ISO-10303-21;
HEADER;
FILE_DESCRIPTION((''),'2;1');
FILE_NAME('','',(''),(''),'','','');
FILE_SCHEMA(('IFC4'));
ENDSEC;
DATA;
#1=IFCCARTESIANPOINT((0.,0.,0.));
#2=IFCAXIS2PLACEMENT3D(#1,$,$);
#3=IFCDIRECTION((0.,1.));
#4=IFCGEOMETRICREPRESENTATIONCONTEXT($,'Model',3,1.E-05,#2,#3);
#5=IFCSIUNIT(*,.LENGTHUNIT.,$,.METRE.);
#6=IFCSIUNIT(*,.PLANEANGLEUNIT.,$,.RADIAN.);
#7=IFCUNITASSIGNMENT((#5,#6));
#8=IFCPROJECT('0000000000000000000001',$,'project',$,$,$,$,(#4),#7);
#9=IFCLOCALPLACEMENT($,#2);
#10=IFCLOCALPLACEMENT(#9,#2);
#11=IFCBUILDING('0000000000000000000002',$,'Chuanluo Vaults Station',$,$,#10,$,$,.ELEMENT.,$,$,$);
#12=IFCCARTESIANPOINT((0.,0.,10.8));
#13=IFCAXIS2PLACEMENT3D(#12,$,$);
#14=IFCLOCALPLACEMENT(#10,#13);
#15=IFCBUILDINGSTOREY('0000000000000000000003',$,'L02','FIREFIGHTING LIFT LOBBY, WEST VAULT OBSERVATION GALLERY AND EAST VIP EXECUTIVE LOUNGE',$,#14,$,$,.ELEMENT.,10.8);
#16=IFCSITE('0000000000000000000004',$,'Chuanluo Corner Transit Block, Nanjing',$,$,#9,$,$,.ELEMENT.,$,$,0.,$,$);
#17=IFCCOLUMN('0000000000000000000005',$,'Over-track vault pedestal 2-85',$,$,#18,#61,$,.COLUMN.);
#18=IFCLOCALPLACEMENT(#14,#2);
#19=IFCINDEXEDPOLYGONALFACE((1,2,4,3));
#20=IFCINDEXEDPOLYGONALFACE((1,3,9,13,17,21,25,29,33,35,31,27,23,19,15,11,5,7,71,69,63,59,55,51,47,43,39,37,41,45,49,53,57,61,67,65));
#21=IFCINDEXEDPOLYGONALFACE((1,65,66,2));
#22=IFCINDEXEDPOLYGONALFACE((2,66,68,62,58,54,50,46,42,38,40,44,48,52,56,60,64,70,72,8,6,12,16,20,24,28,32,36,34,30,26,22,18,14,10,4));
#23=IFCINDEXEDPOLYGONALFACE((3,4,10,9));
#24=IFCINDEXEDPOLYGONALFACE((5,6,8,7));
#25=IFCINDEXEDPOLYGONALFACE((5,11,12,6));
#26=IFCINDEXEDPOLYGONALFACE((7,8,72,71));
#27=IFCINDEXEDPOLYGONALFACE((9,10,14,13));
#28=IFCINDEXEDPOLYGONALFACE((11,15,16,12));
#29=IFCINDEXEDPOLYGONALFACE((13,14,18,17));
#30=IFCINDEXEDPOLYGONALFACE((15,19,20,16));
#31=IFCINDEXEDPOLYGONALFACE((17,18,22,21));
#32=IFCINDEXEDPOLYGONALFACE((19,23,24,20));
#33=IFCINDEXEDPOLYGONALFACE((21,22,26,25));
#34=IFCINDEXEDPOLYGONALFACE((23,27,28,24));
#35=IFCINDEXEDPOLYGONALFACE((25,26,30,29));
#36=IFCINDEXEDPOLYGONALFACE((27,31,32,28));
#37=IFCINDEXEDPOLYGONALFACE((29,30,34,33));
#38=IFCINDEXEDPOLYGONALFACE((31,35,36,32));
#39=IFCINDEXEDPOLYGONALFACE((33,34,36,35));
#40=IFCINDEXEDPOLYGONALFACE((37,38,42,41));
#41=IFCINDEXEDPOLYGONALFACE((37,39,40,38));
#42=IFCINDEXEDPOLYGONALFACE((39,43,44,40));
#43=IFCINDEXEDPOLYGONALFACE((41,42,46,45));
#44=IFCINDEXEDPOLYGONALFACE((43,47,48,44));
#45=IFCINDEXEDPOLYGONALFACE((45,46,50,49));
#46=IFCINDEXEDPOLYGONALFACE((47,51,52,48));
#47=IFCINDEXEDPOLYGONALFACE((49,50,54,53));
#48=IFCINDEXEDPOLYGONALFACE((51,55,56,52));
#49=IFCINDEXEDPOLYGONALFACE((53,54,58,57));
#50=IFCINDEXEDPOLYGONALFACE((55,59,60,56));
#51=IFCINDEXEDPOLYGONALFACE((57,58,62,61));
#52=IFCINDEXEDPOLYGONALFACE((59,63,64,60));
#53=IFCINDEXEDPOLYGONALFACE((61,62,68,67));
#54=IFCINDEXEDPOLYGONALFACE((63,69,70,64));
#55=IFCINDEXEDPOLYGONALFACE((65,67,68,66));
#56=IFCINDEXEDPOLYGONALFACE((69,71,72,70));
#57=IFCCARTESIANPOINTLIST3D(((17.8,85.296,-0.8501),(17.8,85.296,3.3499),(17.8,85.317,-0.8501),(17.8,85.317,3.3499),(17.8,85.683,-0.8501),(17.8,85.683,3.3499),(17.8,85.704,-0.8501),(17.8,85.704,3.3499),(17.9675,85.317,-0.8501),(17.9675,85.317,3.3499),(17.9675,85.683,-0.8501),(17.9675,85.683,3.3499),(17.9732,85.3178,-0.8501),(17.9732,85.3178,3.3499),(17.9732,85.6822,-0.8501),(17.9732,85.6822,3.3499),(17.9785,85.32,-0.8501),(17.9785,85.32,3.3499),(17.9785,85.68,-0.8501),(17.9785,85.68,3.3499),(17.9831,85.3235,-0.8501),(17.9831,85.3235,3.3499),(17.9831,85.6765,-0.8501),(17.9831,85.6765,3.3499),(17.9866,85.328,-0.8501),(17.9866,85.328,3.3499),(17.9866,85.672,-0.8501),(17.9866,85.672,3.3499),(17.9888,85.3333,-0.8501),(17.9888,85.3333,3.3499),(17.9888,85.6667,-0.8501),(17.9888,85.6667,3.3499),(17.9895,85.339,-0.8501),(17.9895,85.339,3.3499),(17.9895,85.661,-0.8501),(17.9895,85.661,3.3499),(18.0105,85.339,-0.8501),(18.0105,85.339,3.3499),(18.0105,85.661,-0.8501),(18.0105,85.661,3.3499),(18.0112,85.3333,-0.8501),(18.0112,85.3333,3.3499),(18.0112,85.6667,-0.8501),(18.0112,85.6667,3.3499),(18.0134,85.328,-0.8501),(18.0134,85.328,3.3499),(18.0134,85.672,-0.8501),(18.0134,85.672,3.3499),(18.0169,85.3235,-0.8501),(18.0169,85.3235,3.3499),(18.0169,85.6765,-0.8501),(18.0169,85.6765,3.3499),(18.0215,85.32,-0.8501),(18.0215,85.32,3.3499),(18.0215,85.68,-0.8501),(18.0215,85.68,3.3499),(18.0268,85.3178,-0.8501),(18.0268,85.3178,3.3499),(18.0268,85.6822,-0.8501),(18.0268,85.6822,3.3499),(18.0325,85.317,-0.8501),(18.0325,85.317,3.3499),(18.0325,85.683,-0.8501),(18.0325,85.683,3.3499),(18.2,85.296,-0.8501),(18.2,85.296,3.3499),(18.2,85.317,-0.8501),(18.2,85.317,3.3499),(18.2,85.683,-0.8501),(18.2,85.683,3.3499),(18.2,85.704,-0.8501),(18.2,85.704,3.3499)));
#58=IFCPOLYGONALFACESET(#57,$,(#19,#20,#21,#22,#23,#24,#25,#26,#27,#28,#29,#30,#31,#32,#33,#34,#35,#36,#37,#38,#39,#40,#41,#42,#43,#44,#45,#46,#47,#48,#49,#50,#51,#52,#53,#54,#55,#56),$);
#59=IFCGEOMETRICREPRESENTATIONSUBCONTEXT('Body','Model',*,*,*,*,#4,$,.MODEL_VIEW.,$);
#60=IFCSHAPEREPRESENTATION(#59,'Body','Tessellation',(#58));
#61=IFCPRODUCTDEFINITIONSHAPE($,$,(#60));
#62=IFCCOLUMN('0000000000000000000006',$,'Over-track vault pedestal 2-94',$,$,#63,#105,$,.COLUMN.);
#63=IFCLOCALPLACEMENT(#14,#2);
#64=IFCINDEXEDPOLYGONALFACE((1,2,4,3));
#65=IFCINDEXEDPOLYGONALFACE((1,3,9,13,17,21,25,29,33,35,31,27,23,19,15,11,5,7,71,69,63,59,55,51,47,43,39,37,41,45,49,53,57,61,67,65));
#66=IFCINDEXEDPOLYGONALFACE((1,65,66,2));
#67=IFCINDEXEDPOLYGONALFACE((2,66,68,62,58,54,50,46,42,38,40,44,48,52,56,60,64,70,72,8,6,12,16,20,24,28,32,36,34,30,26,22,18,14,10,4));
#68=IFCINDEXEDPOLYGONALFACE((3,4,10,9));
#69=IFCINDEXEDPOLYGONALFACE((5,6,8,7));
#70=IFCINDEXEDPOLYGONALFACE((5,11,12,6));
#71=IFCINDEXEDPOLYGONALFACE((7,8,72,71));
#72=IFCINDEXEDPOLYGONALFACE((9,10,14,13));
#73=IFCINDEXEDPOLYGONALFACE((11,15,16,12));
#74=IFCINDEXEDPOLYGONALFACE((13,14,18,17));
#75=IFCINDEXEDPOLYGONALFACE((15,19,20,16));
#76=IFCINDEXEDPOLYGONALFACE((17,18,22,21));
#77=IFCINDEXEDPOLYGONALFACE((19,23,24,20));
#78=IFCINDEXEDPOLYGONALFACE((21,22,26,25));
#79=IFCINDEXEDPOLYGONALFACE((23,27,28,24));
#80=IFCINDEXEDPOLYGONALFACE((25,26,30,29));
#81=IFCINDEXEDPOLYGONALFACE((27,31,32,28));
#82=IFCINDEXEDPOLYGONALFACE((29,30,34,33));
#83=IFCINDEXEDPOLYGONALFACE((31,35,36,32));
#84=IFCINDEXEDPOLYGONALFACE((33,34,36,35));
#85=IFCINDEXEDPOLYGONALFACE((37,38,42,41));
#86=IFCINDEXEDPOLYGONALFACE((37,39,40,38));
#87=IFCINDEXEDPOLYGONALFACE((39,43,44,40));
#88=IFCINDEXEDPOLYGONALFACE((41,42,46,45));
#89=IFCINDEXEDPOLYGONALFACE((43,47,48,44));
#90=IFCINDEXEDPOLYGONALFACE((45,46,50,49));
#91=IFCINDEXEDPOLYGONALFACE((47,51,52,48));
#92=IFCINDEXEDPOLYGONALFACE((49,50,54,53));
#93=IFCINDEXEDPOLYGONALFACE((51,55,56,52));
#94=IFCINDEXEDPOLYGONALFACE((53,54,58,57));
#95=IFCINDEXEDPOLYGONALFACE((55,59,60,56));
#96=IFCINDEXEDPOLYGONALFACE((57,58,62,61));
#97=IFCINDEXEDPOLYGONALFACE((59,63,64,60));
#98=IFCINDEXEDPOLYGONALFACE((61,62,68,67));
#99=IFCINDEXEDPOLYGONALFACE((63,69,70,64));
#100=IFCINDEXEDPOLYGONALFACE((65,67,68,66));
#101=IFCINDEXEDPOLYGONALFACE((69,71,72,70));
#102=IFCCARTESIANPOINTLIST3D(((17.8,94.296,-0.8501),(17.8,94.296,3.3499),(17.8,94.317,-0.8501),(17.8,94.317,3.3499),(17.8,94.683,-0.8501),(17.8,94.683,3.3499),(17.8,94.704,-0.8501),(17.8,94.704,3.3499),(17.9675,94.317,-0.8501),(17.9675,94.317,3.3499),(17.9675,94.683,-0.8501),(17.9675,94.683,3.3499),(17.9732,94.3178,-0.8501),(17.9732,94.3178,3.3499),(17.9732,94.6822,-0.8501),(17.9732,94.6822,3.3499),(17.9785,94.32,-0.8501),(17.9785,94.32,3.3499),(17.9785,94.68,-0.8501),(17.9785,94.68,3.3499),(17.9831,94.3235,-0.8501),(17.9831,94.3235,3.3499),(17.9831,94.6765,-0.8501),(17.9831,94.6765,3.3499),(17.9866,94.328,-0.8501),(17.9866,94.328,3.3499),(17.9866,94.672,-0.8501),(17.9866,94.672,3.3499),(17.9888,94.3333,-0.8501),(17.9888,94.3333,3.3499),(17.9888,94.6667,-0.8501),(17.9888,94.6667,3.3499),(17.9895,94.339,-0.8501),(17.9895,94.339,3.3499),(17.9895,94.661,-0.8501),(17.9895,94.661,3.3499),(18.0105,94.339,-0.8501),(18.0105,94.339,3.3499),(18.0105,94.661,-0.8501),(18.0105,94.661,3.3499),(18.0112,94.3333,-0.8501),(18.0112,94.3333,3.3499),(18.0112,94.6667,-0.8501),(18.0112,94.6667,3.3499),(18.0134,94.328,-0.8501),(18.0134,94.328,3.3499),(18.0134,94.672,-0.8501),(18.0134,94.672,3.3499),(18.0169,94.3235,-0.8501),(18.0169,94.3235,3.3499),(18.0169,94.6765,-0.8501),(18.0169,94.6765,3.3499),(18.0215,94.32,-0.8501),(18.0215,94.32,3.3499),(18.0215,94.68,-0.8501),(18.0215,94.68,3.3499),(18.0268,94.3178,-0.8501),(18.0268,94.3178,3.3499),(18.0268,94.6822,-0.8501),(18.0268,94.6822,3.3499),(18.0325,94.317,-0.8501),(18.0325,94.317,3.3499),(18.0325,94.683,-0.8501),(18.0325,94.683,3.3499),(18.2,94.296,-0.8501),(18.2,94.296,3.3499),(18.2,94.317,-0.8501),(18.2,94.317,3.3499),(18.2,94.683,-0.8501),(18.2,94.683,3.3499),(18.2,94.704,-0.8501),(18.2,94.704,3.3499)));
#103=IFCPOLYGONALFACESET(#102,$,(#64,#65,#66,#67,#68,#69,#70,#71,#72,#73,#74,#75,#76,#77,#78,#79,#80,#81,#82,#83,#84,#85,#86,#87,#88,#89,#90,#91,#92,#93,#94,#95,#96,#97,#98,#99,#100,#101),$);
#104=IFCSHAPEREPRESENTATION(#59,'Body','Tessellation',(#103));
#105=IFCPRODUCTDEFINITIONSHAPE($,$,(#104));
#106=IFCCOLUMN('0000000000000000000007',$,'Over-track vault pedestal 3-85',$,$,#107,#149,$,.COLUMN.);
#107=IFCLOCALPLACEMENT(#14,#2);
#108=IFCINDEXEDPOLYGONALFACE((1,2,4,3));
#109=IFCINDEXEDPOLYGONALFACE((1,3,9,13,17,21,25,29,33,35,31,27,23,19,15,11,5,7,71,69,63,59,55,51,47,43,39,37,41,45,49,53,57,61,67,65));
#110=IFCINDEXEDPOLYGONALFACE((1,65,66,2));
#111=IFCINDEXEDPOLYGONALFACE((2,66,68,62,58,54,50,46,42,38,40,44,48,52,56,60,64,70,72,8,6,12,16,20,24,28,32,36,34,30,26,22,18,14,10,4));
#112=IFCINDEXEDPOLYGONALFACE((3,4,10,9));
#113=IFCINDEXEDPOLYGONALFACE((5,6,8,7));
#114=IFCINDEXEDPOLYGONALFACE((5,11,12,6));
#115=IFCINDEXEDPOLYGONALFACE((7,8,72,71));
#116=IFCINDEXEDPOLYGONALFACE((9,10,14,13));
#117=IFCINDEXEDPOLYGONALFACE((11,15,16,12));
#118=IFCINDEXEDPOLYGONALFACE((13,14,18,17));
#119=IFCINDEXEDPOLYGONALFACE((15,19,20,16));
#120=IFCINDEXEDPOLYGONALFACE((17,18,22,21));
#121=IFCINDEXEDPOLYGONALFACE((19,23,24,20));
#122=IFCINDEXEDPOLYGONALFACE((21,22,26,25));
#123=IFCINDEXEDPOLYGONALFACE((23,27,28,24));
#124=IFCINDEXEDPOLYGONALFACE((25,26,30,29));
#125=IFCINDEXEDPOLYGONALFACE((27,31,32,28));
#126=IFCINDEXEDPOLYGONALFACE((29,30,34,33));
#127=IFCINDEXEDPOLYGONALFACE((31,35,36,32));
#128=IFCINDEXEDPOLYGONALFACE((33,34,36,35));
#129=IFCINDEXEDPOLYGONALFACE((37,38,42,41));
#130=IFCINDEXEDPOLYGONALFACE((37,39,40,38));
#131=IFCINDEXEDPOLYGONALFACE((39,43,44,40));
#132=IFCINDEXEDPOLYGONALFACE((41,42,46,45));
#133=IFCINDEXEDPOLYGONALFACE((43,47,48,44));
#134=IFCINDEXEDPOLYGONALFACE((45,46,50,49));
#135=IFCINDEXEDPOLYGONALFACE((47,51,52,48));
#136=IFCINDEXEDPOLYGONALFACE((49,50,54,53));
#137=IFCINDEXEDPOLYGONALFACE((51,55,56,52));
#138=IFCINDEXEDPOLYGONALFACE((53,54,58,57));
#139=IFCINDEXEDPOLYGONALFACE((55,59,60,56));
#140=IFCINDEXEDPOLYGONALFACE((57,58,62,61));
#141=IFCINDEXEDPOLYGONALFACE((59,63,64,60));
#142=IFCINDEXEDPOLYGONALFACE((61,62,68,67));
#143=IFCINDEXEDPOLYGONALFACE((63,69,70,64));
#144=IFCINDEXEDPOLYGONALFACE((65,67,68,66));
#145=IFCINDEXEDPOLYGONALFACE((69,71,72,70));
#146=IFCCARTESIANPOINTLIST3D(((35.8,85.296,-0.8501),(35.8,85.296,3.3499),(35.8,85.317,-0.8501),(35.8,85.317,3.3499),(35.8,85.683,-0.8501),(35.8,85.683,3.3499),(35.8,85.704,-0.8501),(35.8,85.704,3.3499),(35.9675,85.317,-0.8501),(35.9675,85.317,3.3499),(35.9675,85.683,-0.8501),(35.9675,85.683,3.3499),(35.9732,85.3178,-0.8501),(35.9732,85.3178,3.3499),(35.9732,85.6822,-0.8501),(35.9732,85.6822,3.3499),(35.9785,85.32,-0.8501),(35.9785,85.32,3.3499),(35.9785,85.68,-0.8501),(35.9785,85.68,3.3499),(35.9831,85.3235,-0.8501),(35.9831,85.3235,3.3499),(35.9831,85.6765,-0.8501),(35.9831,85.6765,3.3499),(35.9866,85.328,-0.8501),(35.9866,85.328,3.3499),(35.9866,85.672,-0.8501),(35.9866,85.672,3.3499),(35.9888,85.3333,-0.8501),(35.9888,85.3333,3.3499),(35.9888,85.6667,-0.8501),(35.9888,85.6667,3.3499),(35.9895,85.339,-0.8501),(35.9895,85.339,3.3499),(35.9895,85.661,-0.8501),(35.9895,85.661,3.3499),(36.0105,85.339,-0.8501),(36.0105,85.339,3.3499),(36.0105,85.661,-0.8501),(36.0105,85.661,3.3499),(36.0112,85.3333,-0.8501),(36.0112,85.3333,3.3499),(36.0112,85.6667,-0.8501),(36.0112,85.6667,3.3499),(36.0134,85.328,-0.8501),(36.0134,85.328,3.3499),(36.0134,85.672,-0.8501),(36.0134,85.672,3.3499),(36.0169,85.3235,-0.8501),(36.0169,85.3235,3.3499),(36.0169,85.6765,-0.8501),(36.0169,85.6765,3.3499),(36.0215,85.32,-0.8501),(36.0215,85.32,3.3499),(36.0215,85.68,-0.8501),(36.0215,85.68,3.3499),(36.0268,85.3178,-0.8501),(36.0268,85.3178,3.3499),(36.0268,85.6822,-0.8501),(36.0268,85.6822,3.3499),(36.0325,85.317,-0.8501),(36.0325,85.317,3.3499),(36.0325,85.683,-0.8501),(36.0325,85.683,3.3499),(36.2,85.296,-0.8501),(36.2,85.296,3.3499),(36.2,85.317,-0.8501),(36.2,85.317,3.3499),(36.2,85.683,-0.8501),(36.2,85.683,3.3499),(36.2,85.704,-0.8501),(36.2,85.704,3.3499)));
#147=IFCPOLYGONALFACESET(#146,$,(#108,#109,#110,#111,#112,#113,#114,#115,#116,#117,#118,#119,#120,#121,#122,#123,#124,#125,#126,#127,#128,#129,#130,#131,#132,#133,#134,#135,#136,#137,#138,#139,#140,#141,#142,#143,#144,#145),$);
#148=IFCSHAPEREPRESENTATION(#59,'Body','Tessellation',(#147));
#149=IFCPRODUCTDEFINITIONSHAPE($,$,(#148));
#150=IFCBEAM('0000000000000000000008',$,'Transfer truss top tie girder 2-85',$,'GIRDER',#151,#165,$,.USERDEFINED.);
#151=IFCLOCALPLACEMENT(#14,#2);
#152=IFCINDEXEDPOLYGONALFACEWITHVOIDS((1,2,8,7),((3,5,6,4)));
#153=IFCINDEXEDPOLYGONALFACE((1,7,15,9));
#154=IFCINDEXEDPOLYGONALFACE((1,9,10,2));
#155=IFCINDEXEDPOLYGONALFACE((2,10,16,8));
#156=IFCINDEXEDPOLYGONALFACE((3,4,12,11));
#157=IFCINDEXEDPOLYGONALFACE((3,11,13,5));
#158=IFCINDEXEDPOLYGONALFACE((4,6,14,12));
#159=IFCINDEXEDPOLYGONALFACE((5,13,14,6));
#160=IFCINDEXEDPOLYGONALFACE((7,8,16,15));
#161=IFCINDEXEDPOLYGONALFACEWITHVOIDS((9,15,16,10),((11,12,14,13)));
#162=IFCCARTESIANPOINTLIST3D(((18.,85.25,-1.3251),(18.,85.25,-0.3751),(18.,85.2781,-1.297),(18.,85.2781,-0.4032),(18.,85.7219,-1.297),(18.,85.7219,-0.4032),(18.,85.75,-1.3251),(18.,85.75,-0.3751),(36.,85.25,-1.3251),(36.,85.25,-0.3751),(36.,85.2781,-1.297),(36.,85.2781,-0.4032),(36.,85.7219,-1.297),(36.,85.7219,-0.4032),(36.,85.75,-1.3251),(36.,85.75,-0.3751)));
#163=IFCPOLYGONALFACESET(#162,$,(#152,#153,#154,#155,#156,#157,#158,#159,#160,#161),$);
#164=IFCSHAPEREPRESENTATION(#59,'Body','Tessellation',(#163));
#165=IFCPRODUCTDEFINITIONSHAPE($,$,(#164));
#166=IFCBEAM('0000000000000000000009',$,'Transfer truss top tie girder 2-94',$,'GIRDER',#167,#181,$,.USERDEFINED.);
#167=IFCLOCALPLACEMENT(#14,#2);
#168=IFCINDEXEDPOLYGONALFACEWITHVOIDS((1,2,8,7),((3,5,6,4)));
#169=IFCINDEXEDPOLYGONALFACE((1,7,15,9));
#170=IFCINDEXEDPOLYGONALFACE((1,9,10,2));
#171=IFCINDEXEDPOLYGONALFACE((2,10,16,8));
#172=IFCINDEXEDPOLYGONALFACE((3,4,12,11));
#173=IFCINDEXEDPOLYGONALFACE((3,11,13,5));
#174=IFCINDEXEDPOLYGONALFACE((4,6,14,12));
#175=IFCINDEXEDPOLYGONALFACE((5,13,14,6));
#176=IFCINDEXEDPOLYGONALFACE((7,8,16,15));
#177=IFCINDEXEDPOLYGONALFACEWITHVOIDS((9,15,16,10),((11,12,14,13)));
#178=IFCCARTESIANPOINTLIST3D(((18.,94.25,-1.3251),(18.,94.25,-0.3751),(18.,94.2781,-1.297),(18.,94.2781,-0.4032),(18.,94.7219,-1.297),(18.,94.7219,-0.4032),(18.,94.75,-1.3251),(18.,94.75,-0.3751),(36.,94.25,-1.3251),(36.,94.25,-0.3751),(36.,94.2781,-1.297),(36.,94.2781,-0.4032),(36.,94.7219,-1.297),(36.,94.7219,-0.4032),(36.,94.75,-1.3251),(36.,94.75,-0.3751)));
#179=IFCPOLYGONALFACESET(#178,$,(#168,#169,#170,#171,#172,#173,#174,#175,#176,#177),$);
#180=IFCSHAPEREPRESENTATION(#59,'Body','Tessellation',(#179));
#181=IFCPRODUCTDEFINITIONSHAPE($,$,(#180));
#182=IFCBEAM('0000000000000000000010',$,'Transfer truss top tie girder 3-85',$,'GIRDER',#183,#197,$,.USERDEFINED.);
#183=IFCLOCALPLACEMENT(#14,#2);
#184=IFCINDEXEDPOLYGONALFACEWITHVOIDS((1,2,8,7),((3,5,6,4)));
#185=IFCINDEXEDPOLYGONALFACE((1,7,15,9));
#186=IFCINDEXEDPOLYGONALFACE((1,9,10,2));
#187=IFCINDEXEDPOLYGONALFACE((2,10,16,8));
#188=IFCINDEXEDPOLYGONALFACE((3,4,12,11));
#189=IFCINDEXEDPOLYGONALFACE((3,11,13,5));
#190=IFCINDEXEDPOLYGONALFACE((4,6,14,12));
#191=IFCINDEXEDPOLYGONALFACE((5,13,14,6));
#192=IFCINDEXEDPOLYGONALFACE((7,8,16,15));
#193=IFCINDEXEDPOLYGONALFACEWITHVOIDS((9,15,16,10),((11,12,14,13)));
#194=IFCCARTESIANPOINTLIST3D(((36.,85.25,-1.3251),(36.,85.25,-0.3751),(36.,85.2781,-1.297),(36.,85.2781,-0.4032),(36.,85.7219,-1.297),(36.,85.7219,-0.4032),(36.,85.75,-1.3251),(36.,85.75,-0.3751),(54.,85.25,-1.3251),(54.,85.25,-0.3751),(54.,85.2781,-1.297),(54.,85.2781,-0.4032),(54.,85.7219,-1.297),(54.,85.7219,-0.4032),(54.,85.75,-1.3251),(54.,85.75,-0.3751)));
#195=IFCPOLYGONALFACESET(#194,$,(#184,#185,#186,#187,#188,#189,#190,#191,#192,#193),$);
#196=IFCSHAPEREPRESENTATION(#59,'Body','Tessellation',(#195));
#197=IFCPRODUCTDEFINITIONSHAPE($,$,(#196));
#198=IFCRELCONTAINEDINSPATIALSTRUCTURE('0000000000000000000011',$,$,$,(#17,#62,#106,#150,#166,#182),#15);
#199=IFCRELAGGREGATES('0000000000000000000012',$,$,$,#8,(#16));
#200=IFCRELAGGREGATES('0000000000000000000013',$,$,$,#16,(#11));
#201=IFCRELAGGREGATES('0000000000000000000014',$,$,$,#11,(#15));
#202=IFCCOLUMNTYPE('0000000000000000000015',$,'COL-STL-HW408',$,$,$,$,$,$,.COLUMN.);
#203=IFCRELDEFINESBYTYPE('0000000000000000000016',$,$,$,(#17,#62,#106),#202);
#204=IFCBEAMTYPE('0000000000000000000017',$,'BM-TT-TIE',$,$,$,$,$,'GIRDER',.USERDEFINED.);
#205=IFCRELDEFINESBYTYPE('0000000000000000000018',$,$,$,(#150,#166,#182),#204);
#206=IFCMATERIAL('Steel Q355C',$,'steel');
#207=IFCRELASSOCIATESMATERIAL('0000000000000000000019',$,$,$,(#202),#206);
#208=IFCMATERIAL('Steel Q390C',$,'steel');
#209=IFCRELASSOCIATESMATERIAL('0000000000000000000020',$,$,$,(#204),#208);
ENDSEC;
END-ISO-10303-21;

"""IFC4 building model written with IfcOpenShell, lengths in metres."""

from ifc_helpers import new_model, si_unit, direction, frame, origin, origin_2d, place, context, subcontext, project, spatial, hollow_rectangle, i_section, extrude, material, material_profile, profile_set, type_object, element, save


model = new_model("IFC4")

# Units and contexts
model_context = context("Model", 3, precision=1e-05, world=origin(), true_north=direction((0.0, 1.0)))
body_context = subcontext(model_context, "Body", "Model", "MODEL_VIEW")
ifc_project = project(units=[si_unit("LENGTHUNIT", "METRE"), si_unit("PLANEANGLEUNIT", "RADIAN")], contexts=[model_context])

# Site, building, storey
site_placement = place(None, origin())
site = spatial("IfcSite", under=ifc_project, at=site_placement, Name="Chuanluo Corner Transit Block, Nanjing", CompositionType="ELEMENT", RefElevation=0.0)
building_placement = place(site_placement, origin())
building = spatial("IfcBuilding", under=site, at=building_placement, Name="Chuanluo Vaults Station", CompositionType="ELEMENT")
storey_placement = place(building_placement, frame((0.0, 0.0, 10.8)))
storey = spatial("IfcBuildingStorey", under=building, at=storey_placement, Name="L02", Description="FIREFIGHTING LIFT LOBBY, WEST VAULT OBSERVATION GALLERY AND EAST VIP EXECUTIVE LOUNGE", CompositionType="ELEMENT", Elevation=10.8)

# Columns
ifc_material_1 = material(Name="Steel Q355C", Category="steel")
ifc_material_profile_1 = material_profile(ifc_material_1, i_section(OverallWidth=0.3999, OverallDepth=0.408, WebThickness=0.021, FlangeThickness=0.021, FilletRadius=0.022, at=origin_2d()))
ifc_profile_set_1 = profile_set([ifc_material_profile_1], Name="Steel Q355C")
column_type = type_object("IfcColumnType", Name="COL-STL-HW408", PredefinedType="COLUMN", material=ifc_profile_set_1)
for number, where, z_axis, x_axis, name in (
    (1, (18.0, 85.5, -0.8501), (0.0, 0.0, 1.0), (1.0, 0.0, 0.0), "Over-track vault pedestal 2-85"),
    (2, (18.0, 94.5, -0.8501), (0.0, 0.0, 1.0), (1.0, 0.0, 0.0), "Over-track vault pedestal 2-94"),
    (3, (36.0, 85.5, -0.8501), (0.0, 0.0, 1.0), (1.0, 0.0, 0.0), "Over-track vault pedestal 3-85"),
):
    element("IfcColumn", number, at=place(storey_placement, frame(where, z_axis=z_axis, x_axis=x_axis)), inside=storey, type_object=column_type, Name=name, PredefinedType="COLUMN", context=body_context, shape_type="SweptSolid", body=[
        extrude(i_section(OverallWidth=0.3999, OverallDepth=0.408, WebThickness=0.021, FlangeThickness=0.021, FilletRadius=0.022, at=origin_2d()), origin(), (0.0, 0.0, 1.0), 4.2),
    ])

# Beams
ifc_material_2 = material(Name="Steel Q390C", Category="steel")
ifc_material_profile_2 = material_profile(ifc_material_2, hollow_rectangle(XDim=0.5, YDim=0.95, WallThickness=0.0281, at=origin_2d()))
ifc_profile_set_2 = profile_set([ifc_material_profile_2], Name="Steel Q390C")
beam_type_1 = type_object("IfcBeamType", Name="BM-TT-TIE", ElementType="GIRDER", PredefinedType="USERDEFINED", material=ifc_profile_set_2)
for number, where, z_axis, x_axis, name in (
    (4, (18.0, 85.5, -0.8501), (1.0, 0.0, 0.0), (0.0, 1.0, 0.0), "Transfer truss top tie girder 2-85"),
    (5, (18.0, 94.5, -0.8501), (1.0, 0.0, 0.0), (0.0, 1.0, 0.0), "Transfer truss top tie girder 2-94"),
    (6, (36.0, 85.5, -0.8501), (1.0, 0.0, 0.0), (0.0, 1.0, 0.0), "Transfer truss top tie girder 3-85"),
):
    element("IfcBeam", number, at=place(storey_placement, frame(where, z_axis=z_axis, x_axis=x_axis)), inside=storey, type_object=beam_type_1, Name=name, ObjectType="GIRDER", PredefinedType="USERDEFINED", context=body_context, shape_type="SweptSolid", body=[
        extrude(hollow_rectangle(XDim=0.5, YDim=0.95, WallThickness=0.0281, at=origin_2d()), origin(), (0.0, 0.0, 1.0), 18.0),
    ])

save(model, "model.ifc")
